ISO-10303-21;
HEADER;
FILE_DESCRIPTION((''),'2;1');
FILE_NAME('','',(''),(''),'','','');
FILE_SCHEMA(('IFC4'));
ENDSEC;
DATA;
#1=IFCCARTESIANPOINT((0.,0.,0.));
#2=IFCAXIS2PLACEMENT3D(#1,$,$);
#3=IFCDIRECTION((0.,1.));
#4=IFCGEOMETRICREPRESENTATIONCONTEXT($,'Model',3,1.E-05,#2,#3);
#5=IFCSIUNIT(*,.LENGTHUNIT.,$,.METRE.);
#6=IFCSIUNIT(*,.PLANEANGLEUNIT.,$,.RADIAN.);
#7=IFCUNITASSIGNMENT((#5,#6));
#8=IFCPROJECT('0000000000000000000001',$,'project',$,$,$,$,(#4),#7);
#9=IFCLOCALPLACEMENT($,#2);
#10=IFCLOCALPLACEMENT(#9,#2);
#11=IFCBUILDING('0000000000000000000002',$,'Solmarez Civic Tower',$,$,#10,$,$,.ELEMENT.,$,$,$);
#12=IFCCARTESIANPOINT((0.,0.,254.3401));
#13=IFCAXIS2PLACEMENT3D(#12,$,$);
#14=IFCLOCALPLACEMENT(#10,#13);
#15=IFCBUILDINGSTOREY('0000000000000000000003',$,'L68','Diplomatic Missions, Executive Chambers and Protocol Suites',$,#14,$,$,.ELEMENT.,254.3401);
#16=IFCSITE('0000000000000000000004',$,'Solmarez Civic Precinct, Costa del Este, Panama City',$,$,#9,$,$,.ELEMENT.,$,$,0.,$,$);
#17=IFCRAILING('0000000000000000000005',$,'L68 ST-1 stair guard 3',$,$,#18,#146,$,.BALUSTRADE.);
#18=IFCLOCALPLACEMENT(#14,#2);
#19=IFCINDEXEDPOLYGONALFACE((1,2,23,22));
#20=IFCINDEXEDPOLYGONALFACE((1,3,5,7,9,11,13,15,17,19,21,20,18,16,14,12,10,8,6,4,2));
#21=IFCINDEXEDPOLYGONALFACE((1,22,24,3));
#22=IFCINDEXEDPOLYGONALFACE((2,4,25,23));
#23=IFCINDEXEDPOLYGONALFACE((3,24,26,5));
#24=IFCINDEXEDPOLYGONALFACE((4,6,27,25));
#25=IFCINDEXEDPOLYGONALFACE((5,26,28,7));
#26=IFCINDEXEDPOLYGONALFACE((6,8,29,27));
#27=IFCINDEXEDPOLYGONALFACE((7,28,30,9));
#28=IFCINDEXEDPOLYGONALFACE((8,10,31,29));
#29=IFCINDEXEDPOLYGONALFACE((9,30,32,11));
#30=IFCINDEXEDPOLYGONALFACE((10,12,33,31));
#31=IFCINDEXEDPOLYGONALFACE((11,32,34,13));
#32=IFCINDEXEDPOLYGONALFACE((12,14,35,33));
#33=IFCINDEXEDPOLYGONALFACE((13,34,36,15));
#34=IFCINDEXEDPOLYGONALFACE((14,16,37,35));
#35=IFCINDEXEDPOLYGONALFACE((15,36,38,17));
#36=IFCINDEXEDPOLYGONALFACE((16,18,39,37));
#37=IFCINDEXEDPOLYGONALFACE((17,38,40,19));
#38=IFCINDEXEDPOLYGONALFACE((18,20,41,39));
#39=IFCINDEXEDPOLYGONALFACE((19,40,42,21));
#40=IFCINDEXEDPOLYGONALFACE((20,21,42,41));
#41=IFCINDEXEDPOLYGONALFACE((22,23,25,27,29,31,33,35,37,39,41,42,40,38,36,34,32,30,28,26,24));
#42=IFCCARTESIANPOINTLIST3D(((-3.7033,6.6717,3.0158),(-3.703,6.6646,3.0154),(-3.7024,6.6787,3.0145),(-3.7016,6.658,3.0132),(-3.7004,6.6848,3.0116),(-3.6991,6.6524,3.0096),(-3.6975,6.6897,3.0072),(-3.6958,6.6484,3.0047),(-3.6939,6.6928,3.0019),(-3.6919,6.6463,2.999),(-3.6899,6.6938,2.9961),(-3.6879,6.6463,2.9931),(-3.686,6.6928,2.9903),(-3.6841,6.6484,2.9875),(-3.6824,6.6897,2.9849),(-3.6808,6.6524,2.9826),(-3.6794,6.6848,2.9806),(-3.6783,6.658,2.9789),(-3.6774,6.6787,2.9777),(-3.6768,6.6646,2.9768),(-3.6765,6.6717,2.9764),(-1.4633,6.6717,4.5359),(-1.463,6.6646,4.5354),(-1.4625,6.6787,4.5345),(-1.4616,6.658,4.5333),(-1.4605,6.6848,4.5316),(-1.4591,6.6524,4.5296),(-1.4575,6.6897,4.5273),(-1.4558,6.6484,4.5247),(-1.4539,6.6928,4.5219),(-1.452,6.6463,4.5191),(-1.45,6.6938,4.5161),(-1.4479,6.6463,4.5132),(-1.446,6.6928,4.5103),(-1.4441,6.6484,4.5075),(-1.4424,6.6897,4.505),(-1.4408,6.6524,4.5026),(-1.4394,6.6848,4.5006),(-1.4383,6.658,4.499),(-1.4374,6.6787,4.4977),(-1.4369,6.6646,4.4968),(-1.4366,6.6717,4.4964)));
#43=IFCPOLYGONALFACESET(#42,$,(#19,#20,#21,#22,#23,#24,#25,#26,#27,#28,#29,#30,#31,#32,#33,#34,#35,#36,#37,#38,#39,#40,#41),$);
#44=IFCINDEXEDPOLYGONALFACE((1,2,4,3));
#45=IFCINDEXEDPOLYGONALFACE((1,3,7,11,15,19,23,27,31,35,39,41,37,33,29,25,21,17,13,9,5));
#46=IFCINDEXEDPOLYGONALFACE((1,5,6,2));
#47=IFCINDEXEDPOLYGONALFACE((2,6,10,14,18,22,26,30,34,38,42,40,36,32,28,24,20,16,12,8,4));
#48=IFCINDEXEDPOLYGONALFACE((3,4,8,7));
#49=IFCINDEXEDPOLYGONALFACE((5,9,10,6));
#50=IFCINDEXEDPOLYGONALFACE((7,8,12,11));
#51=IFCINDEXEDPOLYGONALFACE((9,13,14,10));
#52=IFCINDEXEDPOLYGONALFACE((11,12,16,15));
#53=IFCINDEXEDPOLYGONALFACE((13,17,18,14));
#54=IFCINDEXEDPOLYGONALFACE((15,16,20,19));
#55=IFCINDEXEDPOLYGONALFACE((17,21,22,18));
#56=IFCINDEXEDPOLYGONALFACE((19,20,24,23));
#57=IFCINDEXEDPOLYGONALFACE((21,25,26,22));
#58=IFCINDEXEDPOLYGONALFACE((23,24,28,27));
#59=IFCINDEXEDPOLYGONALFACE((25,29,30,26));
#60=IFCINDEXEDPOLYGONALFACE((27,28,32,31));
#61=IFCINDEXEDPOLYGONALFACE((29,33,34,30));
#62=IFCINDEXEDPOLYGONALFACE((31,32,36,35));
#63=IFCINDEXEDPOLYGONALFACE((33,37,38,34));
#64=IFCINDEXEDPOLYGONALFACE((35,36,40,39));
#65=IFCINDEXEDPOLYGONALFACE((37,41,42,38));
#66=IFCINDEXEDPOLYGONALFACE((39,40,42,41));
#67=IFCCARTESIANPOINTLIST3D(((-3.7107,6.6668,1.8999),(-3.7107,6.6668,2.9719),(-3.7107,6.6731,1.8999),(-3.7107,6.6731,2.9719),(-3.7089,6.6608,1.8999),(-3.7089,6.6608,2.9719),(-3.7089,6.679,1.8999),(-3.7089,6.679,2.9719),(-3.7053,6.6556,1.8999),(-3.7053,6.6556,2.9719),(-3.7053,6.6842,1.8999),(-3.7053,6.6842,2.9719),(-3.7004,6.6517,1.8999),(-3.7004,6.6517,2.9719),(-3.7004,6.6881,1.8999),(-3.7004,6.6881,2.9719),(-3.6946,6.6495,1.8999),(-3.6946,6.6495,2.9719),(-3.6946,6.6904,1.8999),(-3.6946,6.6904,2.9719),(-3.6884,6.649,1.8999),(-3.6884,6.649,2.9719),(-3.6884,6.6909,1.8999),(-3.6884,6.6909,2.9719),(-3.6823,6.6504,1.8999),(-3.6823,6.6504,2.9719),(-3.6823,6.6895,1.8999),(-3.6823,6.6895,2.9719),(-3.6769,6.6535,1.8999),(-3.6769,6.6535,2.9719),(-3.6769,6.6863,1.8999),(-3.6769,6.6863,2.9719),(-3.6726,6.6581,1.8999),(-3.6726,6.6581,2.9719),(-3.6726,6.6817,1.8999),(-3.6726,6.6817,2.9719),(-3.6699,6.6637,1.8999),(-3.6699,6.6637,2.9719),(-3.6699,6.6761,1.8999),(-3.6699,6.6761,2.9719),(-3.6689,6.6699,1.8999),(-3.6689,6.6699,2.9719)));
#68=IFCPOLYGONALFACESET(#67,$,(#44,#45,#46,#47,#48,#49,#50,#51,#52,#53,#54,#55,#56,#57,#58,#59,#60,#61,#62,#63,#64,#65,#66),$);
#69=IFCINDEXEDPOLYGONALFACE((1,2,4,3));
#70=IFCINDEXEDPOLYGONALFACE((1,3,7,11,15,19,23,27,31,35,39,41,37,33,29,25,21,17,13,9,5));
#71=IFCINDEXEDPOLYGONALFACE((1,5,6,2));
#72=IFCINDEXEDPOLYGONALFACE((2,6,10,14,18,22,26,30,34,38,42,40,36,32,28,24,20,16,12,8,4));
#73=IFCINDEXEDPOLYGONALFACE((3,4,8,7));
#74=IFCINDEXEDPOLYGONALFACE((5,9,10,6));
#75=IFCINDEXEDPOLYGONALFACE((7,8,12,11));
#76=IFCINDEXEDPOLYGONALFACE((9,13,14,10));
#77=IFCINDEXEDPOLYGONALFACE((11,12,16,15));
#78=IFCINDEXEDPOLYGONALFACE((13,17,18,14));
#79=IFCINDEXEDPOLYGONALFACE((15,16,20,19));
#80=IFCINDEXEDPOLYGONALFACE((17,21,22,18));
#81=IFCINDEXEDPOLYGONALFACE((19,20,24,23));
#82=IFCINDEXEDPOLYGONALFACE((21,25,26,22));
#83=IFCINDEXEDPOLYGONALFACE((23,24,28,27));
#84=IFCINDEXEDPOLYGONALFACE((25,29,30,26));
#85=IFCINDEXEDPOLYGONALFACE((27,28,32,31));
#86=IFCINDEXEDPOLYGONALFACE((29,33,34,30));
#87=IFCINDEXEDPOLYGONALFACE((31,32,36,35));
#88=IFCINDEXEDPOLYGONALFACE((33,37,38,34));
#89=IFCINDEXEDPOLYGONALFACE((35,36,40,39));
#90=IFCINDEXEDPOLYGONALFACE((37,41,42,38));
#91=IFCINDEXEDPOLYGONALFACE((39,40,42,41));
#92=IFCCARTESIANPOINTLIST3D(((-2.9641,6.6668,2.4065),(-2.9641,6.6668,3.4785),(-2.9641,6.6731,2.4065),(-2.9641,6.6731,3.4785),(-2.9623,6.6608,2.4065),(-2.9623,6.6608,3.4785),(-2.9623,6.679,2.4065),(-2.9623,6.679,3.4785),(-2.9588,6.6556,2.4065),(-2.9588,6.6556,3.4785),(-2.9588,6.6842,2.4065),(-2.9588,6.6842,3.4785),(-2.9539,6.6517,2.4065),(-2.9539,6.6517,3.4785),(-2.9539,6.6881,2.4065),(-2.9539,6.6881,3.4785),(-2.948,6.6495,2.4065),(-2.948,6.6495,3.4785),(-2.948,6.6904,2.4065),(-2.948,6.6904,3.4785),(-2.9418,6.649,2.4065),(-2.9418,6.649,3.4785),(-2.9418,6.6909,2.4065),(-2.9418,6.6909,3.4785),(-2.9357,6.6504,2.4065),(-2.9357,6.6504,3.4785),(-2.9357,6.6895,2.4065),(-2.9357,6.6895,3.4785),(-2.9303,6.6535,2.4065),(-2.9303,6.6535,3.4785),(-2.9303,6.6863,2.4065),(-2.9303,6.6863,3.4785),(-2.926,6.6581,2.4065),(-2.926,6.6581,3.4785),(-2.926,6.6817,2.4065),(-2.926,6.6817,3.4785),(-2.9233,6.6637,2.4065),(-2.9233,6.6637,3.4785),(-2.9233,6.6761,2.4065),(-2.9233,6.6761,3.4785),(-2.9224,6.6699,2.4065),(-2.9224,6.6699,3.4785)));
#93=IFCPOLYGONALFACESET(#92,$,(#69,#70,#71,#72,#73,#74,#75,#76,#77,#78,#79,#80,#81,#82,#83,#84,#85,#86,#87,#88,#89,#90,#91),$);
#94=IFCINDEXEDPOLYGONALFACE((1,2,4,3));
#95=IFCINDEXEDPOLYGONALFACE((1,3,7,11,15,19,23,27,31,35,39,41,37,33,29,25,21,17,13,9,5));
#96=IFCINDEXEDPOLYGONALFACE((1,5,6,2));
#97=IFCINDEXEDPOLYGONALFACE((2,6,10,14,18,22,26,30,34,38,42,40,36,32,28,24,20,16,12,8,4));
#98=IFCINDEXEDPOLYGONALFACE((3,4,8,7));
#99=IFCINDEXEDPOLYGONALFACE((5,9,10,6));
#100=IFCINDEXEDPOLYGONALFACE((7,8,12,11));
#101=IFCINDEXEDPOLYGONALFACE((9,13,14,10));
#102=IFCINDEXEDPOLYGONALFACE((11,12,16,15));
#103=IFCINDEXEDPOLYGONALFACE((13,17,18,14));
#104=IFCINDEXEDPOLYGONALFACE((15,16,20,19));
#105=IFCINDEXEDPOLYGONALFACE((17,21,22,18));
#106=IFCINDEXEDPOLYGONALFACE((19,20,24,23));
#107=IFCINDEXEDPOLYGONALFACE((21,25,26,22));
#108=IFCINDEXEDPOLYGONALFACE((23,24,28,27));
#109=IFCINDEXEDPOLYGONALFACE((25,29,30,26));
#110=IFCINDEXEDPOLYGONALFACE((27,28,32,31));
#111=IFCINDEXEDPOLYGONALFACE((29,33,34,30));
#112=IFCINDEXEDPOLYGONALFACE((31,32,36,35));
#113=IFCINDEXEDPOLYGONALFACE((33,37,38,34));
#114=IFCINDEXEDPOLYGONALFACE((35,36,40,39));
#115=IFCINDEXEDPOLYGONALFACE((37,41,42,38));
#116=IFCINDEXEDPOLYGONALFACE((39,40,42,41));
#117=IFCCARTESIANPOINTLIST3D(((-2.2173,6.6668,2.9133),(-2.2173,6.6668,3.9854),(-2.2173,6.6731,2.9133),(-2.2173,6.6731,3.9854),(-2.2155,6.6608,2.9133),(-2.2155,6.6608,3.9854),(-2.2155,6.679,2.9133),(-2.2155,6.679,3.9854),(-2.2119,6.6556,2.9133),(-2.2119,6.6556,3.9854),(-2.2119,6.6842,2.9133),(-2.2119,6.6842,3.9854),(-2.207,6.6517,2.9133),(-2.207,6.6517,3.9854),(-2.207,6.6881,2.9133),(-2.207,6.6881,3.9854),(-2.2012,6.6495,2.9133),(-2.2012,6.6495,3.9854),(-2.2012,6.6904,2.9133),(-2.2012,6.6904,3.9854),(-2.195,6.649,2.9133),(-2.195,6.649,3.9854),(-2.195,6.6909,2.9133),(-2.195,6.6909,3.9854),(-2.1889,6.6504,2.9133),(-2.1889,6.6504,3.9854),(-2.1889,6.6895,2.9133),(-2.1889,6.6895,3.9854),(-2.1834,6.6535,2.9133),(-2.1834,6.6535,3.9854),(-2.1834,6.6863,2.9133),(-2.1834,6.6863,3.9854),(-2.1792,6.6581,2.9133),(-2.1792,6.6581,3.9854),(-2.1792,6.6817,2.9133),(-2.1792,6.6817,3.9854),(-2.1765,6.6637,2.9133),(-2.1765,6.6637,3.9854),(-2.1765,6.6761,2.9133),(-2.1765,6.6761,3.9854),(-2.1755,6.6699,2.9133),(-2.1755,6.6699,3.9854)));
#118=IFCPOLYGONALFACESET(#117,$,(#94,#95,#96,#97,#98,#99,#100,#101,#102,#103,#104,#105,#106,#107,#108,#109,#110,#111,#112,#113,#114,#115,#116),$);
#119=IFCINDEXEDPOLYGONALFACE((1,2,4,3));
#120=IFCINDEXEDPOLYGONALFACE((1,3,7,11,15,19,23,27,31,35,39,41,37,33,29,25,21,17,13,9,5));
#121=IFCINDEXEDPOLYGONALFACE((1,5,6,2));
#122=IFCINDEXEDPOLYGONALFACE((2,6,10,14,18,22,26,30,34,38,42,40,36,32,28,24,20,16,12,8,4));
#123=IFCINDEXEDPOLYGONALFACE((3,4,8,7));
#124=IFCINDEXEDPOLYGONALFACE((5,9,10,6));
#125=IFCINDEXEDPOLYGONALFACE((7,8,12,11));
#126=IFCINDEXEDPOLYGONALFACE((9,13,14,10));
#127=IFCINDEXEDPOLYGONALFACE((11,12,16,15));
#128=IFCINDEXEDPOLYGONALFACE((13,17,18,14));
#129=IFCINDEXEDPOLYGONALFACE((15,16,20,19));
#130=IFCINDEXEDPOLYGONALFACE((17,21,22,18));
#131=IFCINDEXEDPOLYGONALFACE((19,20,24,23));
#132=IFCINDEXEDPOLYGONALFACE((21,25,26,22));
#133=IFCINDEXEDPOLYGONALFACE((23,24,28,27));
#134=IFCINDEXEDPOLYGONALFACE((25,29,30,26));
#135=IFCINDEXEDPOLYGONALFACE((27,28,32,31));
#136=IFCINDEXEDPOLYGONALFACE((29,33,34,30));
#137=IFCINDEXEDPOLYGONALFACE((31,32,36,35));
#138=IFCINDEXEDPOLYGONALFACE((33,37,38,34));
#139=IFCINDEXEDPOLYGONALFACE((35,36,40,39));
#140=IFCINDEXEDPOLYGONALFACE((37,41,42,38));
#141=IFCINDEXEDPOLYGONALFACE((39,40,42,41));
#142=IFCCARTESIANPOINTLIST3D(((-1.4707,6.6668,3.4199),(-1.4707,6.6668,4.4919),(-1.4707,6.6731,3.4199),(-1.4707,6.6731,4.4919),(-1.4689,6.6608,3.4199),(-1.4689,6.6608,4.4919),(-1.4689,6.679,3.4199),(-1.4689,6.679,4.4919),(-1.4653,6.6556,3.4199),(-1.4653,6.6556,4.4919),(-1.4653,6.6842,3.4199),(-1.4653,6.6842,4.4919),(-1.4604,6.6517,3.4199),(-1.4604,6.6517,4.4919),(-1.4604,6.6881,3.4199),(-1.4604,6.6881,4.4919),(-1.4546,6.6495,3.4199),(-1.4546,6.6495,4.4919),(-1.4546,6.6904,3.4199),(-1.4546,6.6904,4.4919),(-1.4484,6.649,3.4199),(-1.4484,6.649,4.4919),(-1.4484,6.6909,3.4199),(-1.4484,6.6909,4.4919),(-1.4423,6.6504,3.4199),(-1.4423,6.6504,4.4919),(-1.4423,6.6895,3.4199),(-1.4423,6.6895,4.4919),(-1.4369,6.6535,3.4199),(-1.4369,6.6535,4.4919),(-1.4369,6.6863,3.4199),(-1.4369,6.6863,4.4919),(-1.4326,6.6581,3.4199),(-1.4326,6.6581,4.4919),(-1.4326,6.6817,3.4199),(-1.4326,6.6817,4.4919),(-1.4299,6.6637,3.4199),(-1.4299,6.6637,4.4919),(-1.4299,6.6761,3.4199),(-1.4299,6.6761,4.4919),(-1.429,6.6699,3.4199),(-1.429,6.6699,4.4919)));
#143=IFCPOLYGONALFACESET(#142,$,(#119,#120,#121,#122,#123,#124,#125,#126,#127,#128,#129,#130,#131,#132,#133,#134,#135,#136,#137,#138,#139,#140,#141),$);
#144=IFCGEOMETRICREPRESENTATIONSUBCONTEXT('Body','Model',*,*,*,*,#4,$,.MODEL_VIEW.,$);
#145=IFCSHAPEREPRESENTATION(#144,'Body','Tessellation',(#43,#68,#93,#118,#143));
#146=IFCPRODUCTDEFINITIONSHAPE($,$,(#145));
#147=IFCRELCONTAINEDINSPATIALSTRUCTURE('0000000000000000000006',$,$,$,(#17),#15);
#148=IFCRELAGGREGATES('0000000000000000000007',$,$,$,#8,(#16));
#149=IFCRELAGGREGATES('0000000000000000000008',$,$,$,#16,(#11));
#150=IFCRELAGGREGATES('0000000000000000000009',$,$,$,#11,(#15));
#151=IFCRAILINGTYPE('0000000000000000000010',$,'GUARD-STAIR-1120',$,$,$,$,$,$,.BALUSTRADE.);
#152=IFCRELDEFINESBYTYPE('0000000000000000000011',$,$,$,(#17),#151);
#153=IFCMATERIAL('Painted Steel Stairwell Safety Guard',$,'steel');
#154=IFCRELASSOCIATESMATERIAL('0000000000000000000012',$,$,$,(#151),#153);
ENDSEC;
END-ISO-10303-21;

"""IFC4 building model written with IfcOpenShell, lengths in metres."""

from ifc_helpers import new_model, si_unit, direction, frame, origin, origin_2d, place, context, subcontext, project, spatial, circle, extrude, material, type_object, element, save


model = new_model("IFC4")

# Units and contexts
model_context = context("Model", 3, precision=1e-05, world=origin(), true_north=direction((0.0, 1.0)))
body_context = subcontext(model_context, "Body", "Model", "MODEL_VIEW")
ifc_project = project(units=[si_unit("LENGTHUNIT", "METRE"), si_unit("PLANEANGLEUNIT", "RADIAN")], contexts=[model_context])

# Site, building, storey
site_placement = place(None, origin())
site = spatial("IfcSite", under=ifc_project, at=site_placement, Name="Solmarez Civic Precinct, Costa del Este, Panama City", CompositionType="ELEMENT", RefElevation=0.0)
building_placement = place(site_placement, origin())
building = spatial("IfcBuilding", under=site, at=building_placement, Name="Solmarez Civic Tower", CompositionType="ELEMENT")
storey_placement = place(building_placement, frame((0.0, 0.0, 254.3401)))
storey = spatial("IfcBuildingStorey", under=building, at=storey_placement, Name="L68", Description="Diplomatic Missions, Executive Chambers and Protocol Suites", CompositionType="ELEMENT", Elevation=254.3401)

# Railing
ifc_material_1 = material(Name="Painted Steel Stairwell Safety Guard", Category="steel")
railing_type_1 = type_object("IfcRailingType", Name="GUARD-STAIR-1120", PredefinedType="BALUSTRADE", material=ifc_material_1)
railing_1_placement = place(storey_placement, frame((-3.6899, 6.6699, 1.8999)))
element("IfcRailing", 1, at=railing_1_placement, inside=storey, type_object=railing_type_1, Name="L68 ST-1 stair guard 3", PredefinedType="BALUSTRADE", context=body_context, shape_type="SweptSolid", body=[
    extrude(circle(Radius=0.0239, at=origin_2d()), frame((0.0, 0.0, 1.0962), z_axis=(0.827471, 0.0, 0.561508), x_axis=(0.0, 1.0, 0.0)), (0.0, 0.0, 1.0), 2.707),
    extrude(circle(Radius=0.021, at=origin_2d()), origin(), (0.0, 0.0, 1.0), 1.072),
    extrude(circle(Radius=0.021, at=origin_2d()), frame((0.7466, 0.0, 0.5066)), (0.0, 0.0, 1.0), 1.072),
    extrude(circle(Radius=0.021, at=origin_2d()), frame((1.4934, 0.0, 1.0134)), (0.0, 0.0, 1.0), 1.072),
    extrude(circle(Radius=0.021, at=origin_2d()), frame((2.24, 0.0, 1.52)), (0.0, 0.0, 1.0), 1.072),
])

save(model, "model.ifc")
